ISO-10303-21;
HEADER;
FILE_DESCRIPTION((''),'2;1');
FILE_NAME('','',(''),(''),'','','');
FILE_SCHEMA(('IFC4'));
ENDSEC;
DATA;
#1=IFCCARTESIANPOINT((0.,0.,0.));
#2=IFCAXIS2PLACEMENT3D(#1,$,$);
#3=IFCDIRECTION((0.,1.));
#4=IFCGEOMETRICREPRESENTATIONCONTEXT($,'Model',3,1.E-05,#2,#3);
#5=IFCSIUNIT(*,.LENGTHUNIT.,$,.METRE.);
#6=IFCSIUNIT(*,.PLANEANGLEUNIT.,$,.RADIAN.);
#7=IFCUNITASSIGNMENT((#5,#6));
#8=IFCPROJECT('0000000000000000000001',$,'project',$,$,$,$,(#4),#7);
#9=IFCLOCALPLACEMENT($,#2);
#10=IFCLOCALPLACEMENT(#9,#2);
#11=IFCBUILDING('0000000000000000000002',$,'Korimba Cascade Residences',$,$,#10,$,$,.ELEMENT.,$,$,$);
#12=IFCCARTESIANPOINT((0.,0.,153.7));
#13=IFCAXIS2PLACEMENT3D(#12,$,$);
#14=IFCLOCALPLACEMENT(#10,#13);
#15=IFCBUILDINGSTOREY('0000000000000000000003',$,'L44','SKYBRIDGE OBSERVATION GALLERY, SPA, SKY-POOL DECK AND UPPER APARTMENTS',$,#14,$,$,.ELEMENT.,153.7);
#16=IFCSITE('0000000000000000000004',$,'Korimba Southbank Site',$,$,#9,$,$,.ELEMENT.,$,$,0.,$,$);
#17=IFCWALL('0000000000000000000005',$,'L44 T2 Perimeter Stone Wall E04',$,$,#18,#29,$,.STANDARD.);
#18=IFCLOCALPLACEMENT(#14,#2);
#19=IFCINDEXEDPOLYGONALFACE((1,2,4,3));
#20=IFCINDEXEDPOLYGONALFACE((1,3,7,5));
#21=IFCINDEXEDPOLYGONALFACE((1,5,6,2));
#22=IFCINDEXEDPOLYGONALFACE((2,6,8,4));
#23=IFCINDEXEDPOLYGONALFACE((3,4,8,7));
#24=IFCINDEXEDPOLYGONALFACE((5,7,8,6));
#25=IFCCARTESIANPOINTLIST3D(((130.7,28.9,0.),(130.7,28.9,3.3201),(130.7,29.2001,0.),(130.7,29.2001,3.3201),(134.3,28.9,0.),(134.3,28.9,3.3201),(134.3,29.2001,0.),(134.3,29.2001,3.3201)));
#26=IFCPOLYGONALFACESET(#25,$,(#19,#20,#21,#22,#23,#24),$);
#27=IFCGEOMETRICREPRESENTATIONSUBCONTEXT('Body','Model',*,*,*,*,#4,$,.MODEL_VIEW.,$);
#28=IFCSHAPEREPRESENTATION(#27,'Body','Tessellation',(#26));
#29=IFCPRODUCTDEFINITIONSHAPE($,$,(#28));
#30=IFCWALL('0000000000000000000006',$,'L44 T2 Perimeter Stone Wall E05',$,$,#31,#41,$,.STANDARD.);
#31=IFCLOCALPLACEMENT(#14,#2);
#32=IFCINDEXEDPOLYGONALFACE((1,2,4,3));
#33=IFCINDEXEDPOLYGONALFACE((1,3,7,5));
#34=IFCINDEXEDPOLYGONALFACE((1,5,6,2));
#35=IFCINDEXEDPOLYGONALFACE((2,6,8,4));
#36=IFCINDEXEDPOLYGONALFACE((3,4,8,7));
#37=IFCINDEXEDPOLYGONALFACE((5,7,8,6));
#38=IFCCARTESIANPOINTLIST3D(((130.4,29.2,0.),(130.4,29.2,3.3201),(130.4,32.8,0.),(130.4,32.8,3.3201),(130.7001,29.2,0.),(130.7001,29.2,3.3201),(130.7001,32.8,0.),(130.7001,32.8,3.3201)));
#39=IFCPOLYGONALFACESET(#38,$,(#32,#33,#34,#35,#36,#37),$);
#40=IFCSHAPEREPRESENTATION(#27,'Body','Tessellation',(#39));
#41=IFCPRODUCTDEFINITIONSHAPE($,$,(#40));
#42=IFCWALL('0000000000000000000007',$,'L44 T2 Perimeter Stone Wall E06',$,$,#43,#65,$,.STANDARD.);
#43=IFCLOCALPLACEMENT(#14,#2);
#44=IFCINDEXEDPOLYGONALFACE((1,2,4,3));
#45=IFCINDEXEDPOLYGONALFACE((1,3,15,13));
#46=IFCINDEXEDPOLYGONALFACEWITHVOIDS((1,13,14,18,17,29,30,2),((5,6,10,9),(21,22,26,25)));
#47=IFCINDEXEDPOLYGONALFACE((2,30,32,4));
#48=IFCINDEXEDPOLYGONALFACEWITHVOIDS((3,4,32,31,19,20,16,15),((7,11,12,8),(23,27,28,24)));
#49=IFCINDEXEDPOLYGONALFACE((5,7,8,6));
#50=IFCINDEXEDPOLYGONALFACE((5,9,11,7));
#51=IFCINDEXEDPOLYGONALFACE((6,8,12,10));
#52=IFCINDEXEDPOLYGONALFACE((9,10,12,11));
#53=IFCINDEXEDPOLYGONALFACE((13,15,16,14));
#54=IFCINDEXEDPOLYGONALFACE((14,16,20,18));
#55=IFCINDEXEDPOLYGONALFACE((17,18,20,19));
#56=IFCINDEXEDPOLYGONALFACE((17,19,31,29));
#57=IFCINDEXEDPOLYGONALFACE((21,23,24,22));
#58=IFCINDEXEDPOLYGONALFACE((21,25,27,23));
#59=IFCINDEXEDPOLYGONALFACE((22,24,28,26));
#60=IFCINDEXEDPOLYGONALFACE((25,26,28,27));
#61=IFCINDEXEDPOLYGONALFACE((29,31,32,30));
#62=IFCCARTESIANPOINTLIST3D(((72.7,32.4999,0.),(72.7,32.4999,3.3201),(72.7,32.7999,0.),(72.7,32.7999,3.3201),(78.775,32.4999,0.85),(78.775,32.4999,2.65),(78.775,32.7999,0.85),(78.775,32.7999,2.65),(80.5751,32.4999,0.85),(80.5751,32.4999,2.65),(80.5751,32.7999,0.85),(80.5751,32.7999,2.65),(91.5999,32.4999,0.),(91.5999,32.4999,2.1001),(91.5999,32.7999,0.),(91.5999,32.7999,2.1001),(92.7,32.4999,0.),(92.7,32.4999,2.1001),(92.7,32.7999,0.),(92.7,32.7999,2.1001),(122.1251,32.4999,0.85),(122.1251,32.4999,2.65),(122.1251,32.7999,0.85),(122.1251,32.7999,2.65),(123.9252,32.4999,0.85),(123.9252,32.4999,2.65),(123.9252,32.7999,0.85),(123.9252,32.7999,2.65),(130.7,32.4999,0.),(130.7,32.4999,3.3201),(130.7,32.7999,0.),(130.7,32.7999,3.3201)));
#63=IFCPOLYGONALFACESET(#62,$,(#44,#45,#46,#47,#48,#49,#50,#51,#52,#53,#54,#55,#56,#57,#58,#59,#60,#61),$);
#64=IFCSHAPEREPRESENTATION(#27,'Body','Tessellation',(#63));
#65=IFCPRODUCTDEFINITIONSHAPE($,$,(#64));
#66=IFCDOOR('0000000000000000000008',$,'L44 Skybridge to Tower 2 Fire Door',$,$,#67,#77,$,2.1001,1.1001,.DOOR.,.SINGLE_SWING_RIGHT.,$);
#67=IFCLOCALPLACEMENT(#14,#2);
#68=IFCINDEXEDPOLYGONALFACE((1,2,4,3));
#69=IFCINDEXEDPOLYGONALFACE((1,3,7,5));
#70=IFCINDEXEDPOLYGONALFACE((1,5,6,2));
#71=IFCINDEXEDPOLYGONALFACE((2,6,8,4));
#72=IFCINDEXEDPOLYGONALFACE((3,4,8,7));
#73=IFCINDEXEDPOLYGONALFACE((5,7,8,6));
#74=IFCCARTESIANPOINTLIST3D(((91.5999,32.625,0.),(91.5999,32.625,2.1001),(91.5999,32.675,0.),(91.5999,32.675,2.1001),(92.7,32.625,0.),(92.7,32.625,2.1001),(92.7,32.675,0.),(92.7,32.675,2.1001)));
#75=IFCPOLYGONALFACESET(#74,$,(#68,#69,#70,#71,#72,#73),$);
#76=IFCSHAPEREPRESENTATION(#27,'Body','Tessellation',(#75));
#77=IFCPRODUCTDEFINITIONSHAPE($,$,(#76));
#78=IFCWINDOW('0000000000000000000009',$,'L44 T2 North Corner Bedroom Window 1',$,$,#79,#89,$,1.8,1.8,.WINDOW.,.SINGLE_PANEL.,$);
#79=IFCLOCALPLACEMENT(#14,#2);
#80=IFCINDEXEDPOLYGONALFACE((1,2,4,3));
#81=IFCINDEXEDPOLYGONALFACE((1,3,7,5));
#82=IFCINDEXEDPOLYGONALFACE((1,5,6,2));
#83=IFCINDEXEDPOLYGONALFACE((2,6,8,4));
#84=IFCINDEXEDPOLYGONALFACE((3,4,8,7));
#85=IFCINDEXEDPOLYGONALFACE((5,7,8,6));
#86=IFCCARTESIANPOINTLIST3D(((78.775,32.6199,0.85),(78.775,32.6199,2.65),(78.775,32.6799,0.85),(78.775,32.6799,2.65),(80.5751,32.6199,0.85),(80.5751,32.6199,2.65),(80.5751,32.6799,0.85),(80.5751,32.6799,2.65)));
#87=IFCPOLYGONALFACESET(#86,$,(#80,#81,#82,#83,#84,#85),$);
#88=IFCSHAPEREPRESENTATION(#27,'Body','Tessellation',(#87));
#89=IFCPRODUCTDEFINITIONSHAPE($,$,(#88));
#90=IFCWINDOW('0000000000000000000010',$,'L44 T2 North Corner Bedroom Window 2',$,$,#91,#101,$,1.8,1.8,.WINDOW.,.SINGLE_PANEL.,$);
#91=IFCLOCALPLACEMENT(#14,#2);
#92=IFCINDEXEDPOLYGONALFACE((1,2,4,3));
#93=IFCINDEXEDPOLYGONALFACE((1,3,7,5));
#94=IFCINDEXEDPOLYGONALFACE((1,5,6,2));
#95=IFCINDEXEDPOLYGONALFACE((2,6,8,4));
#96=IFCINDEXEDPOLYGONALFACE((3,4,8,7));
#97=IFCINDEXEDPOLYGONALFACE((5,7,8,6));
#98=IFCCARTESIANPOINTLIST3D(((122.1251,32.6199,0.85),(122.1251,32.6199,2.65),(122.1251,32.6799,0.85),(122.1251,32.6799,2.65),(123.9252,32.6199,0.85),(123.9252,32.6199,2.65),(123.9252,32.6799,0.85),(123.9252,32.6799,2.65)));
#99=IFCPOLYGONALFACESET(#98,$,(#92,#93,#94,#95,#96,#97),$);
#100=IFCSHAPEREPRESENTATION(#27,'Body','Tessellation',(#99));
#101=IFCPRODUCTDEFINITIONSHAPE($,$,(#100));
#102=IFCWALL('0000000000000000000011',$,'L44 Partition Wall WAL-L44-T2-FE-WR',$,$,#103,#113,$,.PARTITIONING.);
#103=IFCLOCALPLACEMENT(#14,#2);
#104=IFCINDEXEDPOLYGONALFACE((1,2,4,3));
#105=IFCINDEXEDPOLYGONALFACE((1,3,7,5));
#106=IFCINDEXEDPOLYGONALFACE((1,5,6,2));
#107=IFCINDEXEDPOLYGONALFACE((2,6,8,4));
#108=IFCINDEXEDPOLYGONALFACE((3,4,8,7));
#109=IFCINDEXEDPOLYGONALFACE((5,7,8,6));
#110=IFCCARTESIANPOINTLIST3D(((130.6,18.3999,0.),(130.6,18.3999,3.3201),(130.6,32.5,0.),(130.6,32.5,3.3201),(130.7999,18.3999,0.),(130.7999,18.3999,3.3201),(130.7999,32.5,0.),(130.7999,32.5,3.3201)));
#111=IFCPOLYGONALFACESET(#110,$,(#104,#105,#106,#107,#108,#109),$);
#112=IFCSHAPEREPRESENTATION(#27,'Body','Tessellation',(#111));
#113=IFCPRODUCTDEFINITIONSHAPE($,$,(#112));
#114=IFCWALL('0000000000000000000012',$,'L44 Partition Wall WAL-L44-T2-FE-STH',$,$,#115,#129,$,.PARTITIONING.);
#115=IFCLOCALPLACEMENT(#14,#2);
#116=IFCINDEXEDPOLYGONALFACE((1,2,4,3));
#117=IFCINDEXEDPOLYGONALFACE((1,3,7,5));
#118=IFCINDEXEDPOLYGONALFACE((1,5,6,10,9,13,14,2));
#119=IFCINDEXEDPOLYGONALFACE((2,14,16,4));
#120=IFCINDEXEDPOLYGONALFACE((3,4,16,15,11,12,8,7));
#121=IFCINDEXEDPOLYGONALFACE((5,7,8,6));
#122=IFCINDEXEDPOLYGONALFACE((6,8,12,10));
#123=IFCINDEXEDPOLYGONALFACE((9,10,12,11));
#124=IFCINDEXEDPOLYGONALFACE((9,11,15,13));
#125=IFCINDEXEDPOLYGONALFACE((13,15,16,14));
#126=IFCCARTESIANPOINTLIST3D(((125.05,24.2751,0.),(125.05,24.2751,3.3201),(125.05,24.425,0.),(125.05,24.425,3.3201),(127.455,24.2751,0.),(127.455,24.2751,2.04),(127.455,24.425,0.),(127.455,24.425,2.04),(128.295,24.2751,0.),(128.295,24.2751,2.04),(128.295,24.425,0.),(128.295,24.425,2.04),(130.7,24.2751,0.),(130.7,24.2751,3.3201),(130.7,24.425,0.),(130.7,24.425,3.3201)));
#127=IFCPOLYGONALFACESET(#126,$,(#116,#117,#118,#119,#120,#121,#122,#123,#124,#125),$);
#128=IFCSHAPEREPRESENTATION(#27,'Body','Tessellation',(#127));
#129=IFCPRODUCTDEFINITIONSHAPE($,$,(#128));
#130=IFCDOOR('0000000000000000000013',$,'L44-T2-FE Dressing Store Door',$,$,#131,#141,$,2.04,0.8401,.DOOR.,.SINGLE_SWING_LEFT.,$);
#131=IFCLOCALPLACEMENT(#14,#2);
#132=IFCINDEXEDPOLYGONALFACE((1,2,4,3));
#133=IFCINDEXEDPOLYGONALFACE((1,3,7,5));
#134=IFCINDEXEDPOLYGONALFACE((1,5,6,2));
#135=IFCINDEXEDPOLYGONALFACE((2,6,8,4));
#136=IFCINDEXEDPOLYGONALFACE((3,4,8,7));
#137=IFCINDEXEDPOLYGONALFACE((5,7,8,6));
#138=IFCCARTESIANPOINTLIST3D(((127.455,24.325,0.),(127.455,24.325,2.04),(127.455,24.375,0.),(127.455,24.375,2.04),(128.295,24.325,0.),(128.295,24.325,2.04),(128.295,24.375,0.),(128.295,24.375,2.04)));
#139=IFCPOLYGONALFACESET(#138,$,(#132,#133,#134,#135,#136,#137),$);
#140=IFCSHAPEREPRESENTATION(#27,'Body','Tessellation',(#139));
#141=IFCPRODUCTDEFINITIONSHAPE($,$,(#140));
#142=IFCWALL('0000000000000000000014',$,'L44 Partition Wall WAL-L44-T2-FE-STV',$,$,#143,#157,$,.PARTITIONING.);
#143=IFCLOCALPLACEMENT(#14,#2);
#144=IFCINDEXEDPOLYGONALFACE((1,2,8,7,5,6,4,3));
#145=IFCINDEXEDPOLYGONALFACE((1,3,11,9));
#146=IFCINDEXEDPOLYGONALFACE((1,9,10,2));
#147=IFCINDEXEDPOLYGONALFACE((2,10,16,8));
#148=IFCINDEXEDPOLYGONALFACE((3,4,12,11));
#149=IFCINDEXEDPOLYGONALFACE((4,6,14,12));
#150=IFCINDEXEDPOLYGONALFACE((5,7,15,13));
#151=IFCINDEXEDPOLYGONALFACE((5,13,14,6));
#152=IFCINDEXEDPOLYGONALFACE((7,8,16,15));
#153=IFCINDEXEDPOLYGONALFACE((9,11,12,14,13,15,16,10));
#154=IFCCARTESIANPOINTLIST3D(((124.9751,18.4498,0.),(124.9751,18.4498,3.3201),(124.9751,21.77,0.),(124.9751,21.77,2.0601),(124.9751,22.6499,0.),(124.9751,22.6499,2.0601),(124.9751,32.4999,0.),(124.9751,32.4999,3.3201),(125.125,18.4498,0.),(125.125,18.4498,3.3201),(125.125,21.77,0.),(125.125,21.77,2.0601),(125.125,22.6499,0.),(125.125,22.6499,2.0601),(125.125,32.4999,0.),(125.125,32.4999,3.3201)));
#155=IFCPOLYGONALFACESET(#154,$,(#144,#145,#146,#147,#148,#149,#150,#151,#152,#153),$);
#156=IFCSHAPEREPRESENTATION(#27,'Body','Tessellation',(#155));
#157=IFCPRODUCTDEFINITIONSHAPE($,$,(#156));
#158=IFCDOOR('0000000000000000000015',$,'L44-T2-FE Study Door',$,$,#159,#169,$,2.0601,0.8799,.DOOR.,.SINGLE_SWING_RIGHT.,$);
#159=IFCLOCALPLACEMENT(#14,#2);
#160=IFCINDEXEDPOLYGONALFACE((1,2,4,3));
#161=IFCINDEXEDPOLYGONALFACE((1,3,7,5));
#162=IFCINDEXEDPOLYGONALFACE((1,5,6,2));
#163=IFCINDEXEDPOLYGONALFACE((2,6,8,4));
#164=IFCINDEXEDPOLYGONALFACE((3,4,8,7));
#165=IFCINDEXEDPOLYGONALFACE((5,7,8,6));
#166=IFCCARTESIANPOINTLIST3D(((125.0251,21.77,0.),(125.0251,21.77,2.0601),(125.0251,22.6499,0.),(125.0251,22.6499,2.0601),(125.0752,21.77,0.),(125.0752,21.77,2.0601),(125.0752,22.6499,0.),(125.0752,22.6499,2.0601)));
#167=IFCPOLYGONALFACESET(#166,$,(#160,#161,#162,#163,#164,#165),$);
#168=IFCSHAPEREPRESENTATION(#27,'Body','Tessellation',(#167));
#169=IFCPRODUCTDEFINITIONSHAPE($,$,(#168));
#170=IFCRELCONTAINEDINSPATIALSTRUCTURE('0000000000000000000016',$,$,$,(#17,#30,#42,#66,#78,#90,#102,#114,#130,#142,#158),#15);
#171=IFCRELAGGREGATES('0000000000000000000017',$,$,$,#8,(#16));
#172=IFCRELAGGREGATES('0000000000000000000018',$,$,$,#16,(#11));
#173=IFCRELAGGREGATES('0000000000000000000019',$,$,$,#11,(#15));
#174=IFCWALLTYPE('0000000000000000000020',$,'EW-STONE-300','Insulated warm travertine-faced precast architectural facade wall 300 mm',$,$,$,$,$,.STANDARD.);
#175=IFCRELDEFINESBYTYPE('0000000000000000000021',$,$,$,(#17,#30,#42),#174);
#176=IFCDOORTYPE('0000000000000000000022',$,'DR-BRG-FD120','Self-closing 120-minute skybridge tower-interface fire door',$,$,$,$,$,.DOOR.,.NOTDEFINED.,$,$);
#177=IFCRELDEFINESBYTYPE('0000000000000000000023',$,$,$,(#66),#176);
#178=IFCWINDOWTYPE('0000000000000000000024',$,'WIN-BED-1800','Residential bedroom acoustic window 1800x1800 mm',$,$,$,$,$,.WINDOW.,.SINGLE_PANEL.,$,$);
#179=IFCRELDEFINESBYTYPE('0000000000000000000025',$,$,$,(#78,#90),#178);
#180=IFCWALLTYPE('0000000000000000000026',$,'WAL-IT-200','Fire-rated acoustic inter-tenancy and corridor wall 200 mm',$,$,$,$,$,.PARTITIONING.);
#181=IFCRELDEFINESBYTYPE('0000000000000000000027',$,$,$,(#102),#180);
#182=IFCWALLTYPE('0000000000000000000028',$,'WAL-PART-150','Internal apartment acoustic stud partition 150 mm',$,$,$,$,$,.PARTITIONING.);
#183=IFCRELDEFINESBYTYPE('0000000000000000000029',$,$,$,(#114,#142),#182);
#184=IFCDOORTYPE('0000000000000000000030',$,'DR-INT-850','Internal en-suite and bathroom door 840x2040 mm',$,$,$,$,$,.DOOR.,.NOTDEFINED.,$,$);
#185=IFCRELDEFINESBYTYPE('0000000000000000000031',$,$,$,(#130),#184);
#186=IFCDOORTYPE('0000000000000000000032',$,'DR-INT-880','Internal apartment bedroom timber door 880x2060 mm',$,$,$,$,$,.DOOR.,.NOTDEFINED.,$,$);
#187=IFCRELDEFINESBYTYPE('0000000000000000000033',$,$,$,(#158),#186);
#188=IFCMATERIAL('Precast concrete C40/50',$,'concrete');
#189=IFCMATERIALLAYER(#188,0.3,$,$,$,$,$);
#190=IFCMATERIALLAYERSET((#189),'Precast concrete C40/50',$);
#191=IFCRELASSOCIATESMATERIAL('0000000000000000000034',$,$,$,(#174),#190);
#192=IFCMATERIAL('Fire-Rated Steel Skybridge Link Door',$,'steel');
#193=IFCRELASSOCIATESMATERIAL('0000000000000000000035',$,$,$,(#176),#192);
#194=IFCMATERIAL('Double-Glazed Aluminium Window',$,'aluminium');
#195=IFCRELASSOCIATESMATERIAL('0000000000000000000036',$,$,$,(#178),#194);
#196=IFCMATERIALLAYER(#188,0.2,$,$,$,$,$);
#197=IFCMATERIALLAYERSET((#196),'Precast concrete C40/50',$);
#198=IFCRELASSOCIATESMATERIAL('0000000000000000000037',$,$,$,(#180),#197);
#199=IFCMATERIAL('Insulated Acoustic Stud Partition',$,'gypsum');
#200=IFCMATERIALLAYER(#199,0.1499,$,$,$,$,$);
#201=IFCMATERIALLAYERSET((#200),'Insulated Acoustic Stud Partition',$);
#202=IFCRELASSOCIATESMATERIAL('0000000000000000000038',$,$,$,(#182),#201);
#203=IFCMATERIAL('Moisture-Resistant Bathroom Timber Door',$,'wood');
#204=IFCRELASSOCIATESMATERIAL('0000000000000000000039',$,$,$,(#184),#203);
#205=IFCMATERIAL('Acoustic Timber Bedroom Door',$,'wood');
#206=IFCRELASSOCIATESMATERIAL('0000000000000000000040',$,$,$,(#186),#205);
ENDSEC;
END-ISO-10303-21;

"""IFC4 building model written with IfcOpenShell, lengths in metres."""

from ifc_helpers import new_model, si_unit, direction, frame, frame_2d, origin, place, context, subcontext, project, spatial, rectangle, extrude, material, layer, layer_set, type_object, element, fill, save


model = new_model("IFC4")

# Units and contexts
model_context = context("Model", 3, precision=1e-05, world=origin(), true_north=direction((0.0, 1.0)))
body_context = subcontext(model_context, "Body", "Model", "MODEL_VIEW")
ifc_project = project(units=[si_unit("LENGTHUNIT", "METRE"), si_unit("PLANEANGLEUNIT", "RADIAN")], contexts=[model_context])

# Site, building, storey
site_placement = place(None, origin())
site = spatial("IfcSite", under=ifc_project, at=site_placement, Name="Korimba Southbank Site", CompositionType="ELEMENT", RefElevation=0.0)
building_placement = place(site_placement, origin())
building = spatial("IfcBuilding", under=site, at=building_placement, Name="Korimba Cascade Residences", CompositionType="ELEMENT")
storey_placement = place(building_placement, frame((0.0, 0.0, 153.7)))
storey = spatial("IfcBuildingStorey", under=building, at=storey_placement, Name="L44", Description="SKYBRIDGE OBSERVATION GALLERY, SPA, SKY-POOL DECK AND UPPER APARTMENTS", CompositionType="ELEMENT", Elevation=153.7)

# Walls
ifc_material_1 = material(Name="Precast concrete C40/50", Category="concrete")
ifc_layer_1 = layer(ifc_material_1, 0.3)
ifc_layer_set_1 = layer_set([ifc_layer_1], Name="Precast concrete C40/50")
wall_type_1 = type_object("IfcWallType", Name="EW-STONE-300", Description="Insulated warm travertine-faced precast architectural facade wall 300 mm", PredefinedType="STANDARD", material=ifc_layer_set_1)
for number, where, z_axis, x_axis, name in (
    (1, (134.3, 29.05, 0.0), (0.0, 0.0, 1.0), (-1.0, 0.0, 0.0), "L44 T2 Perimeter Stone Wall E04"),
    (2, (130.55, 29.2, 0.0), (0.0, 0.0, 1.0), (0.0, 1.0, 0.0), "L44 T2 Perimeter Stone Wall E05"),
):
    element("IfcWall", number, at=place(storey_placement, frame(where, z_axis=z_axis, x_axis=x_axis)), inside=storey, type_object=wall_type_1, Name=name, PredefinedType="STANDARD", context=body_context, shape_type="SweptSolid", body=[
        extrude(rectangle(XDim=3.6001, YDim=0.3, at=frame_2d((1.8, 0.0))), origin(), (0.0, 0.0, 1.0), 3.3201),
    ])

# Wall, openings, door, windows
wall_1_placement = place(storey_placement, frame((130.7, 32.6499, 0.0), z_axis=(0.0, 0.0, 1.0), x_axis=(-1.0, 0.0, 0.0)))
wall_1 = element("IfcWall", 3, at=wall_1_placement, inside=storey, type_object=wall_type_1, Name="L44 T2 Perimeter Stone Wall E06", PredefinedType="STANDARD", context=body_context, shape_type="SweptSolid", body=[
    extrude(rectangle(XDim=58.0, YDim=0.3, at=frame_2d((29.0, 0.0))), origin(), (0.0, 0.0, 1.0), 3.3201),
])
opening_1_placement = place(wall_1_placement, frame((50.125, 0.0, 0.8501)))
opening_1 = element("IfcOpeningElement", 4, at=opening_1_placement, cuts=wall_1, PredefinedType="OPENING", context=body_context, shape_type="SweptSolid", body=[
    extrude(rectangle(XDim=1.8, YDim=1.8, at=frame_2d((0.8999, 0.8999))), frame((0.0, 0.1602, 0.0), z_axis=(0.0, -1.0, 0.0), x_axis=(1.0, 0.0, 0.0)), (0.0, 0.0, 1.0), 0.3201),
])
opening_2_placement = place(wall_1_placement, frame((6.7749, 0.0, 0.8501)))
opening_2 = element("IfcOpeningElement", 5, at=opening_2_placement, cuts=wall_1, PredefinedType="OPENING", context=body_context, shape_type="SweptSolid", body=[
    extrude(rectangle(XDim=1.8, YDim=1.8, at=frame_2d((0.8999, 0.8999))), frame((0.0, 0.1602, 0.0), z_axis=(0.0, -1.0, 0.0), x_axis=(1.0, 0.0, 0.0)), (0.0, 0.0, 1.0), 0.3201),
])
opening_3_placement = place(wall_1_placement, frame((38.0, 0.0, 0.0)))
opening_3 = element("IfcOpeningElement", 6, at=opening_3_placement, cuts=wall_1, PredefinedType="OPENING", context=body_context, shape_type="SweptSolid", body=[
    extrude(rectangle(XDim=1.1001, YDim=2.1001, at=frame_2d((0.55, 1.05))), frame((0.0, 0.1602, 0.0), z_axis=(0.0, -1.0, 0.0), x_axis=(1.0, 0.0, 0.0)), (0.0, 0.0, 1.0), 0.3201),
])
ifc_material_2 = material(Name="Fire-Rated Steel Skybridge Link Door", Category="steel")
door_type_1 = type_object("IfcDoorType", Name="DR-BRG-FD120", Description="Self-closing 120-minute skybridge tower-interface fire door", OperationType="NOTDEFINED", PredefinedType="DOOR", material=ifc_material_2)
door_1_placement = place(opening_3_placement, origin())
door_1 = element("IfcDoor", 7, at=door_1_placement, inside=storey, type_object=door_type_1, Name="L44 Skybridge to Tower 2 Fire Door", OperationType="SINGLE_SWING_RIGHT", OverallHeight=2.1001, OverallWidth=1.1001, PredefinedType="DOOR", context=body_context, shape_type="SweptSolid", body=[
    extrude(rectangle(XDim=1.1001, YDim=2.1001, at=frame_2d((0.55, 1.05))), frame((0.0, 0.0249, 0.0), z_axis=(0.0, -1.0, 0.0), x_axis=(1.0, 0.0, 0.0)), (0.0, 0.0, 1.0), 0.05),
])
fill(opening_3, door_1)
ifc_material_3 = material(Name="Double-Glazed Aluminium Window", Category="aluminium")
window_type = type_object("IfcWindowType", Name="WIN-BED-1800", Description="Residential bedroom acoustic window 1800x1800 mm", PartitioningType="SINGLE_PANEL", PredefinedType="WINDOW", material=ifc_material_3)
window_1_placement = place(opening_1_placement, origin())
window_1 = element("IfcWindow", 8, at=window_1_placement, inside=storey, type_object=window_type, Name="L44 T2 North Corner Bedroom Window 1", OverallHeight=1.8, OverallWidth=1.8, PartitioningType="SINGLE_PANEL", PredefinedType="WINDOW", context=body_context, shape_type="SweptSolid", body=[
    extrude(rectangle(XDim=1.8, YDim=1.8, at=frame_2d((0.8999, 0.8999))), frame((0.0, 0.03, 0.0), z_axis=(0.0, -1.0, 0.0), x_axis=(1.0, 0.0, 0.0)), (0.0, 0.0, 1.0), 0.0601),
])
fill(opening_1, window_1)
window_2_placement = place(opening_2_placement, origin())
window_2 = element("IfcWindow", 9, at=window_2_placement, inside=storey, type_object=window_type, Name="L44 T2 North Corner Bedroom Window 2", OverallHeight=1.8, OverallWidth=1.8, PartitioningType="SINGLE_PANEL", PredefinedType="WINDOW", context=body_context, shape_type="SweptSolid", body=[
    extrude(rectangle(XDim=1.8, YDim=1.8, at=frame_2d((0.8999, 0.8999))), frame((0.0, 0.03, 0.0), z_axis=(0.0, -1.0, 0.0), x_axis=(1.0, 0.0, 0.0)), (0.0, 0.0, 1.0), 0.0601),
])
fill(opening_2, window_2)

# Wall
ifc_layer_2 = layer(ifc_material_1, 0.2)
ifc_layer_set_2 = layer_set([ifc_layer_2], Name="Precast concrete C40/50")
wall_type_2 = type_object("IfcWallType", Name="WAL-IT-200", Description="Fire-rated acoustic inter-tenancy and corridor wall 200 mm", PredefinedType="PARTITIONING", material=ifc_layer_set_2)
wall_2_placement = place(storey_placement, frame((130.7, 18.3999, 0.0), z_axis=(0.0, 0.0, 1.0), x_axis=(0.0, 1.0, 0.0)))
element("IfcWall", 10, at=wall_2_placement, inside=storey, type_object=wall_type_2, Name="L44 Partition Wall WAL-L44-T2-FE-WR", PredefinedType="PARTITIONING", context=body_context, shape_type="SweptSolid", body=[
    extrude(rectangle(XDim=14.1001, YDim=0.2, at=frame_2d((7.05, 0.0))), origin(), (0.0, 0.0, 1.0), 3.3201),
])

# Walls, openings, doors
ifc_material_4 = material(Name="Insulated Acoustic Stud Partition", Category="gypsum")
ifc_layer_3 = layer(ifc_material_4, 0.1499)
ifc_layer_set_3 = layer_set([ifc_layer_3], Name="Insulated Acoustic Stud Partition")
wall_type_3 = type_object("IfcWallType", Name="WAL-PART-150", Description="Internal apartment acoustic stud partition 150 mm", PredefinedType="PARTITIONING", material=ifc_layer_set_3)
wall_3_placement = place(storey_placement, frame((125.05, 24.3501, 0.0), z_axis=(0.0, 0.0, 1.0), x_axis=(1.0, 0.0, 0.0)))
wall_3 = element("IfcWall", 11, at=wall_3_placement, inside=storey, type_object=wall_type_3, Name="L44 Partition Wall WAL-L44-T2-FE-STH", PredefinedType="PARTITIONING", context=body_context, shape_type="SweptSolid", body=[
    extrude(rectangle(XDim=5.6499, YDim=0.1499, at=frame_2d((2.825, 0.0))), origin(), (0.0, 0.0, 1.0), 3.3201),
])
opening_4_placement = place(wall_3_placement, frame((2.405, 0.0, 0.0)))
opening_4 = element("IfcOpeningElement", 12, at=opening_4_placement, cuts=wall_3, PredefinedType="OPENING", context=body_context, shape_type="SweptSolid", body=[
    extrude(rectangle(XDim=0.8401, YDim=2.04, at=frame_2d((0.4199, 1.02))), frame((0.0, 0.085, 0.0), z_axis=(0.0, -1.0, 0.0), x_axis=(1.0, 0.0, 0.0)), (0.0, 0.0, 1.0), 0.1699),
])
ifc_material_5 = material(Name="Moisture-Resistant Bathroom Timber Door", Category="wood")
door_type_2 = type_object("IfcDoorType", Name="DR-INT-850", Description="Internal en-suite and bathroom door 840x2040 mm", OperationType="NOTDEFINED", PredefinedType="DOOR", material=ifc_material_5)
door_2_placement = place(opening_4_placement, origin())
door_2 = element("IfcDoor", 13, at=door_2_placement, inside=storey, type_object=door_type_2, Name="L44-T2-FE Dressing Store Door", OperationType="SINGLE_SWING_LEFT", OverallHeight=2.04, OverallWidth=0.8401, PredefinedType="DOOR", context=body_context, shape_type="SweptSolid", body=[
    extrude(rectangle(XDim=0.8401, YDim=2.04, at=frame_2d((0.4199, 1.02))), frame((0.0, 0.0249, 0.0), z_axis=(0.0, -1.0, 0.0), x_axis=(1.0, 0.0, 0.0)), (0.0, 0.0, 1.0), 0.05),
])
fill(opening_4, door_2)
wall_4_placement = place(storey_placement, frame((125.05, 18.45, 0.0), z_axis=(0.0, 0.0, 1.0), x_axis=(0.0, 1.0, 0.0)))
wall_4 = element("IfcWall", 14, at=wall_4_placement, inside=storey, type_object=wall_type_3, Name="L44 Partition Wall WAL-L44-T2-FE-STV", PredefinedType="PARTITIONING", context=body_context, shape_type="SweptSolid", body=[
    extrude(rectangle(XDim=14.05, YDim=0.1499, at=frame_2d((7.0249, 0.0))), origin(), (0.0, 0.0, 1.0), 3.3201),
])
opening_5_placement = place(wall_4_placement, frame((3.3201, 0.0, 0.0)))
opening_5 = element("IfcOpeningElement", 15, at=opening_5_placement, cuts=wall_4, PredefinedType="OPENING", context=body_context, shape_type="SweptSolid", body=[
    extrude(rectangle(XDim=0.8799, YDim=2.0601, at=frame_2d((0.4399, 1.03))), frame((0.0, 0.085, 0.0), z_axis=(0.0, -1.0, 0.0), x_axis=(1.0, 0.0, 0.0)), (0.0, 0.0, 1.0), 0.1699),
])
ifc_material_6 = material(Name="Acoustic Timber Bedroom Door", Category="wood")
door_type_3 = type_object("IfcDoorType", Name="DR-INT-880", Description="Internal apartment bedroom timber door 880x2060 mm", OperationType="NOTDEFINED", PredefinedType="DOOR", material=ifc_material_6)
door_3_placement = place(opening_5_placement, origin())
door_3 = element("IfcDoor", 16, at=door_3_placement, inside=storey, type_object=door_type_3, Name="L44-T2-FE Study Door", OperationType="SINGLE_SWING_RIGHT", OverallHeight=2.0601, OverallWidth=0.8799, PredefinedType="DOOR", context=body_context, shape_type="SweptSolid", body=[
    extrude(rectangle(XDim=0.8799, YDim=2.0601, at=frame_2d((0.4399, 1.03))), frame((0.0, 0.0249, 0.0), z_axis=(0.0, -1.0, 0.0), x_axis=(1.0, 0.0, 0.0)), (0.0, 0.0, 1.0), 0.05),
])
fill(opening_5, door_3)

save(model, "model.ifc")
